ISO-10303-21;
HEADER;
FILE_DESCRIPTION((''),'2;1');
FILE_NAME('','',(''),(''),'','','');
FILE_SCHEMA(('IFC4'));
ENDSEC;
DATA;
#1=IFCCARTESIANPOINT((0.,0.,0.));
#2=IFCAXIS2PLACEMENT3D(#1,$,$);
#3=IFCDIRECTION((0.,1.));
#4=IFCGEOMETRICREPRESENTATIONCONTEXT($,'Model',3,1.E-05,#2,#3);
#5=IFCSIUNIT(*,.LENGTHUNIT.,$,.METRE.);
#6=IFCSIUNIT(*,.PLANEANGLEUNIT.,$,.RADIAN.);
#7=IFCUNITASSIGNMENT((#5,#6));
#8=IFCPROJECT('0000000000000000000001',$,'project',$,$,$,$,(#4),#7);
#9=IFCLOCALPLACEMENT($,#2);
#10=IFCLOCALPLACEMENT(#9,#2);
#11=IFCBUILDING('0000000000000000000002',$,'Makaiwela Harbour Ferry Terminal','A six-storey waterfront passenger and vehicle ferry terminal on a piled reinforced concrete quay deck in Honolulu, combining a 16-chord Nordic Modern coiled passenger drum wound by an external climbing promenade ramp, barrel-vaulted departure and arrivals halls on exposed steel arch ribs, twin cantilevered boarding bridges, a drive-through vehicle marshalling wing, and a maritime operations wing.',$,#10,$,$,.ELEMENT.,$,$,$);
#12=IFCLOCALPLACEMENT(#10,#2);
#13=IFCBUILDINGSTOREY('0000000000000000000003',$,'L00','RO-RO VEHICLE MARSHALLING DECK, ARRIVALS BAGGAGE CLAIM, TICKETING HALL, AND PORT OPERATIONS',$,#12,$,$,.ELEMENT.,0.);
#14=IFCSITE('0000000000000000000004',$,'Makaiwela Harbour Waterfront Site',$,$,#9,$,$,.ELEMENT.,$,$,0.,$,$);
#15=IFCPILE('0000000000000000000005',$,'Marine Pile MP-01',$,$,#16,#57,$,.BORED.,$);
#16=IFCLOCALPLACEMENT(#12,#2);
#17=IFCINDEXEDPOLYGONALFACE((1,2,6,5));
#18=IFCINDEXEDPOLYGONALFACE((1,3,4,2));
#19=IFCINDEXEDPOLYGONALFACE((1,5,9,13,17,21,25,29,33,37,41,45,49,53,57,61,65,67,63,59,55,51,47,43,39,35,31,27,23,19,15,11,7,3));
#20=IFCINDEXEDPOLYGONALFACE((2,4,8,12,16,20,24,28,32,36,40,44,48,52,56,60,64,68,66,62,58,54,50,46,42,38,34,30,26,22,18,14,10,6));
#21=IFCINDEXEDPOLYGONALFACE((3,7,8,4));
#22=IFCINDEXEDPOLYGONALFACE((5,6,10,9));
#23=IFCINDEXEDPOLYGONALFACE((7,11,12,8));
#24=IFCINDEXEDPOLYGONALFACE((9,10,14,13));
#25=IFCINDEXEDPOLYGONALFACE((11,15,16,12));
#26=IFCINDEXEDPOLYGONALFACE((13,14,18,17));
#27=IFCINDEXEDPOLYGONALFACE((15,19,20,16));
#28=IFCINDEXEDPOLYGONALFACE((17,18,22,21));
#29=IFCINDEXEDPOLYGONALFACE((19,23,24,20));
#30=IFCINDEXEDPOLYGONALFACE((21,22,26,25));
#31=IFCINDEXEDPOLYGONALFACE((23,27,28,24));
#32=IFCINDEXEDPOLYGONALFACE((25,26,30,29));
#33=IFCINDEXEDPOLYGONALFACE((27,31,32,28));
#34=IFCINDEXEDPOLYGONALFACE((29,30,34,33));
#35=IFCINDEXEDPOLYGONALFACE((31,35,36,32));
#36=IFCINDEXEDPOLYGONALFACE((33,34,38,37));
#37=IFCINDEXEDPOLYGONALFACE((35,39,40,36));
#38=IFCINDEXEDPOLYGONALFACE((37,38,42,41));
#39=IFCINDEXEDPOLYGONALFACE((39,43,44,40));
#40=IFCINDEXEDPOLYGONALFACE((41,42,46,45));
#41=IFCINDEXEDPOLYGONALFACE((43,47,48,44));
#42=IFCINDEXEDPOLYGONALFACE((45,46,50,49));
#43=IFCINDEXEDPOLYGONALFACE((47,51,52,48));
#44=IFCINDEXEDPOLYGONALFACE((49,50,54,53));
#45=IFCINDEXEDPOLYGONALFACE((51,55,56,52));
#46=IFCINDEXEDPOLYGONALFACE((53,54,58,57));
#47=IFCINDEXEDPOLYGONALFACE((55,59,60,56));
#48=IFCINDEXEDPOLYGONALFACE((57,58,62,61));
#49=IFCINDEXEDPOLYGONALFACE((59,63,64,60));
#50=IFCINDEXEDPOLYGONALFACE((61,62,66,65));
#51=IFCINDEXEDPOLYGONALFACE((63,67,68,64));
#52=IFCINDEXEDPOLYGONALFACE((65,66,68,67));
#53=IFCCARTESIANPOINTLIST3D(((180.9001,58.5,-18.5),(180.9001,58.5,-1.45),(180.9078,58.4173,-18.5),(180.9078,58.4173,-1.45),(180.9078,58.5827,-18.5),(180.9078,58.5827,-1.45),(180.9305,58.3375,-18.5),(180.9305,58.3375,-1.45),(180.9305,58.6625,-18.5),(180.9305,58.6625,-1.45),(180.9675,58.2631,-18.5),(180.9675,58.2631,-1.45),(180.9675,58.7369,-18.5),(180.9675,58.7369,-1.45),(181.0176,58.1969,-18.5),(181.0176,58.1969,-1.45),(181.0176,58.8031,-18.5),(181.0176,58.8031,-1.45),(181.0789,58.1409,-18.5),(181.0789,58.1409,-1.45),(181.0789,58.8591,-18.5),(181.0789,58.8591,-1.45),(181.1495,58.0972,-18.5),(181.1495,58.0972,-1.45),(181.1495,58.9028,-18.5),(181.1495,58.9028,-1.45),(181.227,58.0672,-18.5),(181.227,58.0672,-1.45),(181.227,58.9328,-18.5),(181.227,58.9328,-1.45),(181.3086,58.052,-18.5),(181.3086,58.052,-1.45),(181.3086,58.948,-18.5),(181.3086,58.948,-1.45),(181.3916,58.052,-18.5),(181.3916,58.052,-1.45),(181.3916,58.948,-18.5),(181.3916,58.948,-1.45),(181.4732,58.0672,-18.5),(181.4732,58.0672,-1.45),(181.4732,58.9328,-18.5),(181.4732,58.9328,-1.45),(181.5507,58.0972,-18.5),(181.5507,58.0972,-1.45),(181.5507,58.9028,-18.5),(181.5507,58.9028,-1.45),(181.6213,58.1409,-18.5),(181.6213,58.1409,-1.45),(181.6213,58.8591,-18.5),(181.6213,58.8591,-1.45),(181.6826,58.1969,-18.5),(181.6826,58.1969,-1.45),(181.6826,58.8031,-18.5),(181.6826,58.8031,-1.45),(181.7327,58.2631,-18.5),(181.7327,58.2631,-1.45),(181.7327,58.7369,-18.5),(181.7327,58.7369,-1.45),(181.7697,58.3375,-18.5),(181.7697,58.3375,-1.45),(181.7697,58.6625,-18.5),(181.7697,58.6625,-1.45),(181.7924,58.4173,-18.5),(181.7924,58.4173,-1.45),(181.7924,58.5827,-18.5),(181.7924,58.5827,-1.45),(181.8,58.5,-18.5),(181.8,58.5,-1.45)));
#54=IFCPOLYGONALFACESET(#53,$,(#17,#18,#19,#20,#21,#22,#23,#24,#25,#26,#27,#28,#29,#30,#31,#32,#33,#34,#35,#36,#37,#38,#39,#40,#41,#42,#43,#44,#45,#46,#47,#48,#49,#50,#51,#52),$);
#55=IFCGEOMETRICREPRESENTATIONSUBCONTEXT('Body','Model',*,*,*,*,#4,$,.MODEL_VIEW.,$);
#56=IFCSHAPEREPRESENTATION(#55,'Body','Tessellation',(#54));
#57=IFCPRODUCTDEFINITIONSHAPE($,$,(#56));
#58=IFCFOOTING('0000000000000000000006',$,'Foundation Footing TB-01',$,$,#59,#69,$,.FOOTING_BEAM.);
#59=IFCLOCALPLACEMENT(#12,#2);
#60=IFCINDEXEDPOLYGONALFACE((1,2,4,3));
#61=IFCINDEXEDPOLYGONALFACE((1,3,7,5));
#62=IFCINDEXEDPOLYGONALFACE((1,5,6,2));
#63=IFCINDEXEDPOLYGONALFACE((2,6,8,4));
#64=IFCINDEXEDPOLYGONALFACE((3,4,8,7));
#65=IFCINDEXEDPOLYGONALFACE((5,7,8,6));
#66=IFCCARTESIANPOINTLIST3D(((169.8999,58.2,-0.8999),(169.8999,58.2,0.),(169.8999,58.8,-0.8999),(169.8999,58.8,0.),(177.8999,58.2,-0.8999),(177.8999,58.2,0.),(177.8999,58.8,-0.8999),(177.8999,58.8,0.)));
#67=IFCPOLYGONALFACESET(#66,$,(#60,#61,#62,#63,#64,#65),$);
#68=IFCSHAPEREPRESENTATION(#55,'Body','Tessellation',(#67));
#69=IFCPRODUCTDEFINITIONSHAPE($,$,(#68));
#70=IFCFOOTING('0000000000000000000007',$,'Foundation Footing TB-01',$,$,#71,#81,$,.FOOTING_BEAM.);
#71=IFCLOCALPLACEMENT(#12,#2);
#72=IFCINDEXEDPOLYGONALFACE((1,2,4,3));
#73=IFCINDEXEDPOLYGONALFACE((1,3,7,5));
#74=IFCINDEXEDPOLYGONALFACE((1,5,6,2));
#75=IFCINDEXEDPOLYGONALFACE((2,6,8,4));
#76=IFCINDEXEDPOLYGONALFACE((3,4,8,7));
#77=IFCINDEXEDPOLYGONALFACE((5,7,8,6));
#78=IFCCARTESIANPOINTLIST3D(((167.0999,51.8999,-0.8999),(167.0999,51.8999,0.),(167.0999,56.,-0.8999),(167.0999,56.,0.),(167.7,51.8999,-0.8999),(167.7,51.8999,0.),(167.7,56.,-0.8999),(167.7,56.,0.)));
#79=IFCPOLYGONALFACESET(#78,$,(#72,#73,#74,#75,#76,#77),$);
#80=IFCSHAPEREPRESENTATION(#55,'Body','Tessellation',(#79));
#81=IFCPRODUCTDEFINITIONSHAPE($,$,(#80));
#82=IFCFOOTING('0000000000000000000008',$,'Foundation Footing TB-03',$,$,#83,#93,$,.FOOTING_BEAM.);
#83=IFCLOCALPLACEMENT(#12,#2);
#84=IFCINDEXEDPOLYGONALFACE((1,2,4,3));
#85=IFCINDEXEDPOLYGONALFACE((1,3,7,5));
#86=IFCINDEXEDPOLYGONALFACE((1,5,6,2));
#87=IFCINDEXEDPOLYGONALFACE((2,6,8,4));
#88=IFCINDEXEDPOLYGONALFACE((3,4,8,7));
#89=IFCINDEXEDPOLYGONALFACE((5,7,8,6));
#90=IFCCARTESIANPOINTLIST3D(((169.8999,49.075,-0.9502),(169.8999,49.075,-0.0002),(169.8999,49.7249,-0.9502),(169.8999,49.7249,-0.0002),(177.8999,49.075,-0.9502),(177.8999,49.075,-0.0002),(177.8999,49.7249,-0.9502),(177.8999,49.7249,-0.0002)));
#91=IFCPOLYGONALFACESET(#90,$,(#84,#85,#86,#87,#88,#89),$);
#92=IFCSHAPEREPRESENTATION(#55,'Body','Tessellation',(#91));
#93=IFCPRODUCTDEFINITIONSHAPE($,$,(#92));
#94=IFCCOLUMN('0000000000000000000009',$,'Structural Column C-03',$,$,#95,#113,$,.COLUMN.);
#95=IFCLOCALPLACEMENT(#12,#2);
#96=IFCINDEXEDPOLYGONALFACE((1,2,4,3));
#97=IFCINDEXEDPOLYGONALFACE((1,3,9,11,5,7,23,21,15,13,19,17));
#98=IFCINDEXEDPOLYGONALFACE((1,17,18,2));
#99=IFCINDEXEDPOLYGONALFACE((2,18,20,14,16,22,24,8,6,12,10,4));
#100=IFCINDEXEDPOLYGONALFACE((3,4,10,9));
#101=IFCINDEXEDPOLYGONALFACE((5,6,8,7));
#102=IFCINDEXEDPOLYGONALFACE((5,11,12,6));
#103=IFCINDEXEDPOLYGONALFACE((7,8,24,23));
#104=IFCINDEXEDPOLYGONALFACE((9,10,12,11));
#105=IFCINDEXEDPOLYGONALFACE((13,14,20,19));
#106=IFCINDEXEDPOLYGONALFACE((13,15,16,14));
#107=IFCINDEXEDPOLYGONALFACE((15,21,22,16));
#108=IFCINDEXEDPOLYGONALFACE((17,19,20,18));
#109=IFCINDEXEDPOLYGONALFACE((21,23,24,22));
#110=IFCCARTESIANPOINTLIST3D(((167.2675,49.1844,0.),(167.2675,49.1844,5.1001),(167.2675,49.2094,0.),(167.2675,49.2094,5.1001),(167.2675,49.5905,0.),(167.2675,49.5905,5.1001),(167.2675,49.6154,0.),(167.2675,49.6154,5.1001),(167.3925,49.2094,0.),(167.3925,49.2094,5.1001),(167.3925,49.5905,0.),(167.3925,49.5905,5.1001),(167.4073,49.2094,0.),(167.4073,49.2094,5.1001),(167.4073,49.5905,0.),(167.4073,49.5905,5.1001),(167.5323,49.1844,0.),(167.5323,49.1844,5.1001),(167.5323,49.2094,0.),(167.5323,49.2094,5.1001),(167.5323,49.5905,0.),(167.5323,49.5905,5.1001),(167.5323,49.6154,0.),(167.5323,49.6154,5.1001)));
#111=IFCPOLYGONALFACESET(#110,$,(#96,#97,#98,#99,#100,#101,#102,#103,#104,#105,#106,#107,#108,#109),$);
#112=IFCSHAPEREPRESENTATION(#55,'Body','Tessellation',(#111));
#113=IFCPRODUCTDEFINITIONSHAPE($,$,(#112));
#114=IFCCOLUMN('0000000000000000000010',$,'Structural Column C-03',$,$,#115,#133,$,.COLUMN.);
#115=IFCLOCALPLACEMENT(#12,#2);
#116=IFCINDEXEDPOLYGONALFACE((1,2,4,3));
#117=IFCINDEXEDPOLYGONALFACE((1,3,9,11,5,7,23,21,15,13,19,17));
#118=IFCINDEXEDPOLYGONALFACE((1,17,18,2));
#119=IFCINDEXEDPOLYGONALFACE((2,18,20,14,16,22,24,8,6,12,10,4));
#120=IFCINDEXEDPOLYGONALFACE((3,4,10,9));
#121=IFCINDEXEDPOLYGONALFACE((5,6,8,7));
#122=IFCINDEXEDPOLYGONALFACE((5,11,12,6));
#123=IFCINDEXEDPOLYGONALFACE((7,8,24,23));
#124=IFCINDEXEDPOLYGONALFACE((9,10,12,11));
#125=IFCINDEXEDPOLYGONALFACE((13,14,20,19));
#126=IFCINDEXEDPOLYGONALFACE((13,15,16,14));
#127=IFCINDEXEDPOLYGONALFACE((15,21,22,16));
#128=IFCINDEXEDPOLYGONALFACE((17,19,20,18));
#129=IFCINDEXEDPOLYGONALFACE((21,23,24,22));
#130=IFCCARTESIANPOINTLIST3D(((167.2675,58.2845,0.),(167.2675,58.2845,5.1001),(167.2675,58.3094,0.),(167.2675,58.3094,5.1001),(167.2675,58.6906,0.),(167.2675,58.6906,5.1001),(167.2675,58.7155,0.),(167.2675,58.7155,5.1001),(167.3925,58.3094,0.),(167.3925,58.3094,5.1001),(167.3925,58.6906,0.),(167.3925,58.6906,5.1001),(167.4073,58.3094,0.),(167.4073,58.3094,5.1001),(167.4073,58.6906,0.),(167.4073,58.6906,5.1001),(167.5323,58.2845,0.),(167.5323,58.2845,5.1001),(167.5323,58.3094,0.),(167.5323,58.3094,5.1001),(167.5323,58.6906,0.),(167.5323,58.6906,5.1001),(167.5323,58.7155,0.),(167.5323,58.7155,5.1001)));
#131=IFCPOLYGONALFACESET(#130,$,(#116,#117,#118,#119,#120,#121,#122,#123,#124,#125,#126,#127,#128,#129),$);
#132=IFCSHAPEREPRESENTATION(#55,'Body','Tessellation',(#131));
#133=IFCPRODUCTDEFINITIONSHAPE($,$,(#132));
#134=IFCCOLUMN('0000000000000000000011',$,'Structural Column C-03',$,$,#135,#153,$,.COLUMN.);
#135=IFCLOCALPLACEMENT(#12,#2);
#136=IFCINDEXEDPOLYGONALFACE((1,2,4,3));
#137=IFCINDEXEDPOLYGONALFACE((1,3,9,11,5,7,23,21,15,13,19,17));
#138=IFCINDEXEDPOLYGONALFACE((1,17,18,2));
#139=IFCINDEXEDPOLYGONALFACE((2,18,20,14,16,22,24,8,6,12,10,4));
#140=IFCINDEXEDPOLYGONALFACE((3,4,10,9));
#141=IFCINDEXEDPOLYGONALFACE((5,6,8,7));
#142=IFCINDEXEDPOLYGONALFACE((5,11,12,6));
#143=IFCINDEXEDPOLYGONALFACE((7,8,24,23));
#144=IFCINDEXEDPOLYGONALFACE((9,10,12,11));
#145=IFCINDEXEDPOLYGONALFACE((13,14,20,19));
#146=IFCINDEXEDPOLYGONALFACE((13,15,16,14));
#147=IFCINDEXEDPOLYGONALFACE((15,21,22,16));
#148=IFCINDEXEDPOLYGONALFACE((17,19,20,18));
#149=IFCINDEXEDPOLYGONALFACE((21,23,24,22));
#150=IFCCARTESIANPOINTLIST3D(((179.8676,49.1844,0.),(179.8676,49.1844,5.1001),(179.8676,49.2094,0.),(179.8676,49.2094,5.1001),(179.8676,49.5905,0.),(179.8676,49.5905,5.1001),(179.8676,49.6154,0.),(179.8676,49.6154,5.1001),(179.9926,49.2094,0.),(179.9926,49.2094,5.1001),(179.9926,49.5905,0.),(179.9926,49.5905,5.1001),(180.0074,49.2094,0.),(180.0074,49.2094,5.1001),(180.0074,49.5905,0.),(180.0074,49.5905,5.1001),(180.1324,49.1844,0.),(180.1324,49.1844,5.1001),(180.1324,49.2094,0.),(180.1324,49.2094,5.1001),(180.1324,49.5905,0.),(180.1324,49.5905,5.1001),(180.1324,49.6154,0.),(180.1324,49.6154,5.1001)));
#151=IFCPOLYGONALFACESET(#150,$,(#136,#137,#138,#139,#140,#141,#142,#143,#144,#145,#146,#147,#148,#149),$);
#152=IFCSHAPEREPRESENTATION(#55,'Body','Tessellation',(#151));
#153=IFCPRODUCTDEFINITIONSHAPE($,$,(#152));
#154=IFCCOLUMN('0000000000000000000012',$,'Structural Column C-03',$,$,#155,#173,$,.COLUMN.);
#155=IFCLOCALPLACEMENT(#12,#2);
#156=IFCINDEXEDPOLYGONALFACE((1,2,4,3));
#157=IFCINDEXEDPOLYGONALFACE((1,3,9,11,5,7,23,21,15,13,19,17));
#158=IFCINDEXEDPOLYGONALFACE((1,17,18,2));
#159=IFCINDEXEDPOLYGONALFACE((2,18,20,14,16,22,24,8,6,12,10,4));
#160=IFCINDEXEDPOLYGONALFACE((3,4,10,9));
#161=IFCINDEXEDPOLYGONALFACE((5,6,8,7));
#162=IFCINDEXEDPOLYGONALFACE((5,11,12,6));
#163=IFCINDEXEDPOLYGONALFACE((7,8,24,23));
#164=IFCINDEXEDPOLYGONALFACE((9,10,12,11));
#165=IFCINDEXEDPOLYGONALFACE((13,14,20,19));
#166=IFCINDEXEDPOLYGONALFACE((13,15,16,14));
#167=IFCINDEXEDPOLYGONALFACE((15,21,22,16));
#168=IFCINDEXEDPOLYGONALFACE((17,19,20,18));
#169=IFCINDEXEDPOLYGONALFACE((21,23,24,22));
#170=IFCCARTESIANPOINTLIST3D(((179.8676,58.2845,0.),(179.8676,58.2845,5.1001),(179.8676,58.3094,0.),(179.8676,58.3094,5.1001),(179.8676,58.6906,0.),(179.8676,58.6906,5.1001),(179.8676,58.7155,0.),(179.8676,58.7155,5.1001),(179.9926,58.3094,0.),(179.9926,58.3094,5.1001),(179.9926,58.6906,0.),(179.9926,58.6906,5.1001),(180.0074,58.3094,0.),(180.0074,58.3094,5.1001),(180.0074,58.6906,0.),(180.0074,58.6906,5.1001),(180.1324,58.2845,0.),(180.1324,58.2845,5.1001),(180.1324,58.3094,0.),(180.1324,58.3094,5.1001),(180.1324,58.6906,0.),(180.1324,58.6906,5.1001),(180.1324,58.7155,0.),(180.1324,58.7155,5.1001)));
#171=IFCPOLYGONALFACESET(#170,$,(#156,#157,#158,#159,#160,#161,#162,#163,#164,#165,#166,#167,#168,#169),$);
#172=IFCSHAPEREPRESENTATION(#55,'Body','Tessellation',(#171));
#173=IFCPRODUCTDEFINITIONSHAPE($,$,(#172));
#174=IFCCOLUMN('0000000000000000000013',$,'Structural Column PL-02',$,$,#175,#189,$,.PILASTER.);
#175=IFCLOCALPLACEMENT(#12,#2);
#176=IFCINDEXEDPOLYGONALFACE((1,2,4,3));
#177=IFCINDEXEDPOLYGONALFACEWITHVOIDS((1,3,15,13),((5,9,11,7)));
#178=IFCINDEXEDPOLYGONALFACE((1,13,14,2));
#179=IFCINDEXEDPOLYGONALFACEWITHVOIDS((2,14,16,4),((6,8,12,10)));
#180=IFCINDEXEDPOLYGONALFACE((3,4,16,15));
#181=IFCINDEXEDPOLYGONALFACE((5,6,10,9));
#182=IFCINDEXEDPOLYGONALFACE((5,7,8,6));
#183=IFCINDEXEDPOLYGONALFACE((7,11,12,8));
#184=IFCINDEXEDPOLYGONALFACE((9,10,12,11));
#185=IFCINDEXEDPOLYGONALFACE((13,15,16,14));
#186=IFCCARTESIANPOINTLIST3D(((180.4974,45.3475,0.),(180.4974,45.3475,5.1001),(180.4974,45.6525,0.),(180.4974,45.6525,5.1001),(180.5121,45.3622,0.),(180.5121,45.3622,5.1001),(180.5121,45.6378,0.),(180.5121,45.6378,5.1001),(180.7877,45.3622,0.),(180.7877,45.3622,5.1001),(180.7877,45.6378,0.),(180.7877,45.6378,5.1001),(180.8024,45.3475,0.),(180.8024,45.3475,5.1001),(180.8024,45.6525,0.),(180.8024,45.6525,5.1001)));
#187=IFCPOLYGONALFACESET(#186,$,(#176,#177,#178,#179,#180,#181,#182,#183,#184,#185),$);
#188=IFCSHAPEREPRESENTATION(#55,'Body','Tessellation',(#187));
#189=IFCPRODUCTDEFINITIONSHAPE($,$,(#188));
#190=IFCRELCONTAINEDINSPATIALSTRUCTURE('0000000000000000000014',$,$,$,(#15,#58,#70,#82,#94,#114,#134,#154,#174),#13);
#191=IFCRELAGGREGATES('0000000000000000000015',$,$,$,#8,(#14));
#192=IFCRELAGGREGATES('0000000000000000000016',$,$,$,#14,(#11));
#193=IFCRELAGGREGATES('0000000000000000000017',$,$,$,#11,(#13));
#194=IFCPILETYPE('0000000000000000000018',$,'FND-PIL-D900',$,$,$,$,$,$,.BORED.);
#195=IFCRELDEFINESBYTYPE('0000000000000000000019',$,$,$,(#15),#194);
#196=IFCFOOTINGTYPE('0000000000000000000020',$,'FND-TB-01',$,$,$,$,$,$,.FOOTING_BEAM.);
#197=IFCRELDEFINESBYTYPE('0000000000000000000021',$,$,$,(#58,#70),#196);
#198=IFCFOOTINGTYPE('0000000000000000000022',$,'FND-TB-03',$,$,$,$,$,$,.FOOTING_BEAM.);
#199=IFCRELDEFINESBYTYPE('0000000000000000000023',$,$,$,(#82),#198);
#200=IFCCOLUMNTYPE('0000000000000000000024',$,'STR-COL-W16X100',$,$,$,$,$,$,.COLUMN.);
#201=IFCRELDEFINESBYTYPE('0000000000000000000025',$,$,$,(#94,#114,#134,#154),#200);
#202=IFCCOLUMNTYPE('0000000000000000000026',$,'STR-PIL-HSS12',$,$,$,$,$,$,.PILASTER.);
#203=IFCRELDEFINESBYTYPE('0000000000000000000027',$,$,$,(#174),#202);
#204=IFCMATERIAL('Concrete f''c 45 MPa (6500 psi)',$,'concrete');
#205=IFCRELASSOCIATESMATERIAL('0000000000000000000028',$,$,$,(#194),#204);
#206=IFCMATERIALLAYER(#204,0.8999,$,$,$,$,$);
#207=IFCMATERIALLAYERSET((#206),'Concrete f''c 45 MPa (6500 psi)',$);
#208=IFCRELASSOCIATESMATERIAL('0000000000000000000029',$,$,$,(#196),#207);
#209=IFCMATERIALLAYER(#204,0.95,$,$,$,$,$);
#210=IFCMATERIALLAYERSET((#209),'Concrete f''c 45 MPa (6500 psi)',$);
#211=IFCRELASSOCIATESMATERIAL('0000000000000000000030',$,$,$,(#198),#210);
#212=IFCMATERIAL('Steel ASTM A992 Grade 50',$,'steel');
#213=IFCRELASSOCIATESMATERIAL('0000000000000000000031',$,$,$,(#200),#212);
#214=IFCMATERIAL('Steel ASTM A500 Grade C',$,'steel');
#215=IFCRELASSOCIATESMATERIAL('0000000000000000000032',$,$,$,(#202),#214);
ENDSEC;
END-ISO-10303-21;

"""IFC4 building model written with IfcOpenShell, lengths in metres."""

from ifc_helpers import new_model, si_unit, direction, frame, origin, origin_2d, place, context, subcontext, project, spatial, rectangle, hollow_rectangle, circle, i_section, extrude, material, layer, layer_set, material_profile, profile_set, type_object, element, save


model = new_model("IFC4")

# Units and contexts
model_context = context("Model", 3, precision=1e-05, world=origin(), true_north=direction((0.0, 1.0)))
body_context = subcontext(model_context, "Body", "Model", "MODEL_VIEW")
ifc_project = project(units=[si_unit("LENGTHUNIT", "METRE"), si_unit("PLANEANGLEUNIT", "RADIAN")], contexts=[model_context])

# Site, building, storey
site_placement = place(None, origin())
site = spatial("IfcSite", under=ifc_project, at=site_placement, Name="Makaiwela Harbour Waterfront Site", CompositionType="ELEMENT", RefElevation=0.0)
building_placement = place(site_placement, origin())
building = spatial("IfcBuilding", under=site, at=building_placement, Name="Makaiwela Harbour Ferry Terminal", Description="A six-storey waterfront passenger and vehicle ferry terminal on a piled reinforced concrete quay deck in Honolulu, combining a 16-chord Nordic Modern coiled passenger drum wound by an external climbing promenade ramp, barrel-vaulted departure and arrivals halls on exposed steel arch ribs, twin cantilevered boarding bridges, a drive-through vehicle marshalling wing, and a maritime operations wing.", CompositionType="ELEMENT")
storey_placement = place(building_placement, origin())
storey = spatial("IfcBuildingStorey", under=building, at=storey_placement, Name="L00", Description="RO-RO VEHICLE MARSHALLING DECK, ARRIVALS BAGGAGE CLAIM, TICKETING HALL, AND PORT OPERATIONS", CompositionType="ELEMENT", Elevation=0.0)

# Shared definitions
ifc_material_1 = material(Name="Concrete f'c 45 MPa (6500 psi)", Category="concrete")

# Pile
ifc_material_profile_1 = material_profile(ifc_material_1, circle(Radius=0.45, at=origin_2d()), Name="PILE-D900")
ifc_profile_set_1 = profile_set([ifc_material_profile_1], Name="Concrete f'c 45 MPa (6500 psi)")
pile_type = type_object("IfcPileType", Name="FND-PIL-D900", PredefinedType="BORED", material=ifc_profile_set_1)
for number, where, z_axis, x_axis, name in (
    (1, (181.3501, 58.5, -1.45), (0.0, 0.0, -1.0), (1.0, 0.0, 0.0), "Marine Pile MP-01"),
):
    element("IfcPile", number, at=place(storey_placement, frame(where, z_axis=z_axis, x_axis=x_axis)), inside=storey, type_object=pile_type, Name=name, PredefinedType="BORED", context=body_context, shape_type="SweptSolid", body=[
        extrude(circle(Radius=0.45, at=origin_2d()), origin(), (0.0, 0.0, 1.0), 17.05),
    ])

# Footings
ifc_layer_1 = layer(ifc_material_1, 0.8999)
ifc_layer_set_1 = layer_set([ifc_layer_1], Name="Concrete f'c 45 MPa (6500 psi)")
footing_type_1 = type_object("IfcFootingType", Name="FND-TB-01", PredefinedType="FOOTING_BEAM", material=ifc_layer_set_1)
footing_1_placement = place(storey_placement, frame((173.8999, 58.5, -0.8999), z_axis=(0.0, 0.0, 1.0), x_axis=(1.0, 0.0, 0.0)))
element("IfcFooting", 2, at=footing_1_placement, inside=storey, type_object=footing_type_1, Name="Foundation Footing TB-01", PredefinedType="FOOTING_BEAM", context=body_context, shape_type="SweptSolid", body=[
    extrude(rectangle(XDim=8.0, YDim=0.6001, at=origin_2d()), origin(), (0.0, 0.0, 1.0), 0.8999),
])
footing_2_placement = place(storey_placement, frame((167.3999, 53.95, -0.8999), z_axis=(0.0, 0.0, 1.0), x_axis=(0.0, 1.0, 0.0)))
element("IfcFooting", 3, at=footing_2_placement, inside=storey, type_object=footing_type_1, Name="Foundation Footing TB-01", PredefinedType="FOOTING_BEAM", context=body_context, shape_type="SweptSolid", body=[
    extrude(rectangle(XDim=4.1001, YDim=0.6001, at=origin_2d()), origin(), (0.0, 0.0, 1.0), 0.8999),
])
ifc_layer_2 = layer(ifc_material_1, 0.95)
ifc_layer_set_2 = layer_set([ifc_layer_2], Name="Concrete f'c 45 MPa (6500 psi)")
footing_type_2 = type_object("IfcFootingType", Name="FND-TB-03", PredefinedType="FOOTING_BEAM", material=ifc_layer_set_2)
footing_3_placement = place(storey_placement, frame((173.8999, 49.3999, -0.9502), z_axis=(0.0, 0.0, 1.0), x_axis=(1.0, 0.0, 0.0)))
element("IfcFooting", 4, at=footing_3_placement, inside=storey, type_object=footing_type_2, Name="Foundation Footing TB-03", PredefinedType="FOOTING_BEAM", context=body_context, shape_type="SweptSolid", body=[
    extrude(rectangle(XDim=8.0, YDim=0.6499, at=origin_2d()), origin(), (0.0, 0.0, 1.0), 0.95),
])

# Columns
ifc_material_2 = material(Name="Steel ASTM A992 Grade 50", Category="steel")
ifc_material_profile_2 = material_profile(ifc_material_2, i_section(OverallWidth=0.2649, OverallDepth=0.4309, WebThickness=0.0149, FlangeThickness=0.0249, at=origin_2d()), Name="W16X100")
ifc_profile_set_2 = profile_set([ifc_material_profile_2], Name="Steel ASTM A992 Grade 50")
column_type_1 = type_object("IfcColumnType", Name="STR-COL-W16X100", PredefinedType="COLUMN", material=ifc_profile_set_2)
for number, where, z_axis, x_axis, name in (
    (5, (167.3999, 49.3999, 0.0), (0.0, 0.0, 1.0), (1.0, 0.0, 0.0), "Structural Column C-03"),
    (6, (167.3999, 58.5, 0.0), (0.0, 0.0, 1.0), (1.0, 0.0, 0.0), "Structural Column C-03"),
    (7, (180.0, 49.3999, 0.0), (0.0, 0.0, 1.0), (1.0, 0.0, 0.0), "Structural Column C-03"),
    (8, (180.0, 58.5, 0.0), (0.0, 0.0, 1.0), (1.0, 0.0, 0.0), "Structural Column C-03"),
):
    element("IfcColumn", number, at=place(storey_placement, frame(where, z_axis=z_axis, x_axis=x_axis)), inside=storey, type_object=column_type_1, Name=name, PredefinedType="COLUMN", context=body_context, shape_type="SweptSolid", body=[
        extrude(i_section(OverallWidth=0.2649, OverallDepth=0.4309, WebThickness=0.0149, FlangeThickness=0.0249, at=origin_2d()), origin(), (0.0, 0.0, 1.0), 5.1001),
    ])
ifc_material_3 = material(Name="Steel ASTM A500 Grade C", Category="steel")
ifc_material_profile_3 = material_profile(ifc_material_3, hollow_rectangle(XDim=0.3049, YDim=0.3049, WallThickness=0.0146, at=origin_2d()), Name="HSS12X12X5/8")
ifc_profile_set_3 = profile_set([ifc_material_profile_3], Name="Steel ASTM A500 Grade C")
column_type_2 = type_object("IfcColumnType", Name="STR-PIL-HSS12", PredefinedType="PILASTER", material=ifc_profile_set_3)
column_1_placement = place(storey_placement, frame((180.6499, 45.5, 0.0), z_axis=(0.0, 0.0, 1.0), x_axis=(0.0, 1.0, 0.0)))
element("IfcColumn", 9, at=column_1_placement, inside=storey, type_object=column_type_2, Name="Structural Column PL-02", PredefinedType="PILASTER", context=body_context, shape_type="SweptSolid", body=[
    extrude(hollow_rectangle(XDim=0.3049, YDim=0.3049, WallThickness=0.0146, at=origin_2d()), origin(), (0.0, 0.0, 1.0), 5.1001),
])

save(model, "model.ifc")
